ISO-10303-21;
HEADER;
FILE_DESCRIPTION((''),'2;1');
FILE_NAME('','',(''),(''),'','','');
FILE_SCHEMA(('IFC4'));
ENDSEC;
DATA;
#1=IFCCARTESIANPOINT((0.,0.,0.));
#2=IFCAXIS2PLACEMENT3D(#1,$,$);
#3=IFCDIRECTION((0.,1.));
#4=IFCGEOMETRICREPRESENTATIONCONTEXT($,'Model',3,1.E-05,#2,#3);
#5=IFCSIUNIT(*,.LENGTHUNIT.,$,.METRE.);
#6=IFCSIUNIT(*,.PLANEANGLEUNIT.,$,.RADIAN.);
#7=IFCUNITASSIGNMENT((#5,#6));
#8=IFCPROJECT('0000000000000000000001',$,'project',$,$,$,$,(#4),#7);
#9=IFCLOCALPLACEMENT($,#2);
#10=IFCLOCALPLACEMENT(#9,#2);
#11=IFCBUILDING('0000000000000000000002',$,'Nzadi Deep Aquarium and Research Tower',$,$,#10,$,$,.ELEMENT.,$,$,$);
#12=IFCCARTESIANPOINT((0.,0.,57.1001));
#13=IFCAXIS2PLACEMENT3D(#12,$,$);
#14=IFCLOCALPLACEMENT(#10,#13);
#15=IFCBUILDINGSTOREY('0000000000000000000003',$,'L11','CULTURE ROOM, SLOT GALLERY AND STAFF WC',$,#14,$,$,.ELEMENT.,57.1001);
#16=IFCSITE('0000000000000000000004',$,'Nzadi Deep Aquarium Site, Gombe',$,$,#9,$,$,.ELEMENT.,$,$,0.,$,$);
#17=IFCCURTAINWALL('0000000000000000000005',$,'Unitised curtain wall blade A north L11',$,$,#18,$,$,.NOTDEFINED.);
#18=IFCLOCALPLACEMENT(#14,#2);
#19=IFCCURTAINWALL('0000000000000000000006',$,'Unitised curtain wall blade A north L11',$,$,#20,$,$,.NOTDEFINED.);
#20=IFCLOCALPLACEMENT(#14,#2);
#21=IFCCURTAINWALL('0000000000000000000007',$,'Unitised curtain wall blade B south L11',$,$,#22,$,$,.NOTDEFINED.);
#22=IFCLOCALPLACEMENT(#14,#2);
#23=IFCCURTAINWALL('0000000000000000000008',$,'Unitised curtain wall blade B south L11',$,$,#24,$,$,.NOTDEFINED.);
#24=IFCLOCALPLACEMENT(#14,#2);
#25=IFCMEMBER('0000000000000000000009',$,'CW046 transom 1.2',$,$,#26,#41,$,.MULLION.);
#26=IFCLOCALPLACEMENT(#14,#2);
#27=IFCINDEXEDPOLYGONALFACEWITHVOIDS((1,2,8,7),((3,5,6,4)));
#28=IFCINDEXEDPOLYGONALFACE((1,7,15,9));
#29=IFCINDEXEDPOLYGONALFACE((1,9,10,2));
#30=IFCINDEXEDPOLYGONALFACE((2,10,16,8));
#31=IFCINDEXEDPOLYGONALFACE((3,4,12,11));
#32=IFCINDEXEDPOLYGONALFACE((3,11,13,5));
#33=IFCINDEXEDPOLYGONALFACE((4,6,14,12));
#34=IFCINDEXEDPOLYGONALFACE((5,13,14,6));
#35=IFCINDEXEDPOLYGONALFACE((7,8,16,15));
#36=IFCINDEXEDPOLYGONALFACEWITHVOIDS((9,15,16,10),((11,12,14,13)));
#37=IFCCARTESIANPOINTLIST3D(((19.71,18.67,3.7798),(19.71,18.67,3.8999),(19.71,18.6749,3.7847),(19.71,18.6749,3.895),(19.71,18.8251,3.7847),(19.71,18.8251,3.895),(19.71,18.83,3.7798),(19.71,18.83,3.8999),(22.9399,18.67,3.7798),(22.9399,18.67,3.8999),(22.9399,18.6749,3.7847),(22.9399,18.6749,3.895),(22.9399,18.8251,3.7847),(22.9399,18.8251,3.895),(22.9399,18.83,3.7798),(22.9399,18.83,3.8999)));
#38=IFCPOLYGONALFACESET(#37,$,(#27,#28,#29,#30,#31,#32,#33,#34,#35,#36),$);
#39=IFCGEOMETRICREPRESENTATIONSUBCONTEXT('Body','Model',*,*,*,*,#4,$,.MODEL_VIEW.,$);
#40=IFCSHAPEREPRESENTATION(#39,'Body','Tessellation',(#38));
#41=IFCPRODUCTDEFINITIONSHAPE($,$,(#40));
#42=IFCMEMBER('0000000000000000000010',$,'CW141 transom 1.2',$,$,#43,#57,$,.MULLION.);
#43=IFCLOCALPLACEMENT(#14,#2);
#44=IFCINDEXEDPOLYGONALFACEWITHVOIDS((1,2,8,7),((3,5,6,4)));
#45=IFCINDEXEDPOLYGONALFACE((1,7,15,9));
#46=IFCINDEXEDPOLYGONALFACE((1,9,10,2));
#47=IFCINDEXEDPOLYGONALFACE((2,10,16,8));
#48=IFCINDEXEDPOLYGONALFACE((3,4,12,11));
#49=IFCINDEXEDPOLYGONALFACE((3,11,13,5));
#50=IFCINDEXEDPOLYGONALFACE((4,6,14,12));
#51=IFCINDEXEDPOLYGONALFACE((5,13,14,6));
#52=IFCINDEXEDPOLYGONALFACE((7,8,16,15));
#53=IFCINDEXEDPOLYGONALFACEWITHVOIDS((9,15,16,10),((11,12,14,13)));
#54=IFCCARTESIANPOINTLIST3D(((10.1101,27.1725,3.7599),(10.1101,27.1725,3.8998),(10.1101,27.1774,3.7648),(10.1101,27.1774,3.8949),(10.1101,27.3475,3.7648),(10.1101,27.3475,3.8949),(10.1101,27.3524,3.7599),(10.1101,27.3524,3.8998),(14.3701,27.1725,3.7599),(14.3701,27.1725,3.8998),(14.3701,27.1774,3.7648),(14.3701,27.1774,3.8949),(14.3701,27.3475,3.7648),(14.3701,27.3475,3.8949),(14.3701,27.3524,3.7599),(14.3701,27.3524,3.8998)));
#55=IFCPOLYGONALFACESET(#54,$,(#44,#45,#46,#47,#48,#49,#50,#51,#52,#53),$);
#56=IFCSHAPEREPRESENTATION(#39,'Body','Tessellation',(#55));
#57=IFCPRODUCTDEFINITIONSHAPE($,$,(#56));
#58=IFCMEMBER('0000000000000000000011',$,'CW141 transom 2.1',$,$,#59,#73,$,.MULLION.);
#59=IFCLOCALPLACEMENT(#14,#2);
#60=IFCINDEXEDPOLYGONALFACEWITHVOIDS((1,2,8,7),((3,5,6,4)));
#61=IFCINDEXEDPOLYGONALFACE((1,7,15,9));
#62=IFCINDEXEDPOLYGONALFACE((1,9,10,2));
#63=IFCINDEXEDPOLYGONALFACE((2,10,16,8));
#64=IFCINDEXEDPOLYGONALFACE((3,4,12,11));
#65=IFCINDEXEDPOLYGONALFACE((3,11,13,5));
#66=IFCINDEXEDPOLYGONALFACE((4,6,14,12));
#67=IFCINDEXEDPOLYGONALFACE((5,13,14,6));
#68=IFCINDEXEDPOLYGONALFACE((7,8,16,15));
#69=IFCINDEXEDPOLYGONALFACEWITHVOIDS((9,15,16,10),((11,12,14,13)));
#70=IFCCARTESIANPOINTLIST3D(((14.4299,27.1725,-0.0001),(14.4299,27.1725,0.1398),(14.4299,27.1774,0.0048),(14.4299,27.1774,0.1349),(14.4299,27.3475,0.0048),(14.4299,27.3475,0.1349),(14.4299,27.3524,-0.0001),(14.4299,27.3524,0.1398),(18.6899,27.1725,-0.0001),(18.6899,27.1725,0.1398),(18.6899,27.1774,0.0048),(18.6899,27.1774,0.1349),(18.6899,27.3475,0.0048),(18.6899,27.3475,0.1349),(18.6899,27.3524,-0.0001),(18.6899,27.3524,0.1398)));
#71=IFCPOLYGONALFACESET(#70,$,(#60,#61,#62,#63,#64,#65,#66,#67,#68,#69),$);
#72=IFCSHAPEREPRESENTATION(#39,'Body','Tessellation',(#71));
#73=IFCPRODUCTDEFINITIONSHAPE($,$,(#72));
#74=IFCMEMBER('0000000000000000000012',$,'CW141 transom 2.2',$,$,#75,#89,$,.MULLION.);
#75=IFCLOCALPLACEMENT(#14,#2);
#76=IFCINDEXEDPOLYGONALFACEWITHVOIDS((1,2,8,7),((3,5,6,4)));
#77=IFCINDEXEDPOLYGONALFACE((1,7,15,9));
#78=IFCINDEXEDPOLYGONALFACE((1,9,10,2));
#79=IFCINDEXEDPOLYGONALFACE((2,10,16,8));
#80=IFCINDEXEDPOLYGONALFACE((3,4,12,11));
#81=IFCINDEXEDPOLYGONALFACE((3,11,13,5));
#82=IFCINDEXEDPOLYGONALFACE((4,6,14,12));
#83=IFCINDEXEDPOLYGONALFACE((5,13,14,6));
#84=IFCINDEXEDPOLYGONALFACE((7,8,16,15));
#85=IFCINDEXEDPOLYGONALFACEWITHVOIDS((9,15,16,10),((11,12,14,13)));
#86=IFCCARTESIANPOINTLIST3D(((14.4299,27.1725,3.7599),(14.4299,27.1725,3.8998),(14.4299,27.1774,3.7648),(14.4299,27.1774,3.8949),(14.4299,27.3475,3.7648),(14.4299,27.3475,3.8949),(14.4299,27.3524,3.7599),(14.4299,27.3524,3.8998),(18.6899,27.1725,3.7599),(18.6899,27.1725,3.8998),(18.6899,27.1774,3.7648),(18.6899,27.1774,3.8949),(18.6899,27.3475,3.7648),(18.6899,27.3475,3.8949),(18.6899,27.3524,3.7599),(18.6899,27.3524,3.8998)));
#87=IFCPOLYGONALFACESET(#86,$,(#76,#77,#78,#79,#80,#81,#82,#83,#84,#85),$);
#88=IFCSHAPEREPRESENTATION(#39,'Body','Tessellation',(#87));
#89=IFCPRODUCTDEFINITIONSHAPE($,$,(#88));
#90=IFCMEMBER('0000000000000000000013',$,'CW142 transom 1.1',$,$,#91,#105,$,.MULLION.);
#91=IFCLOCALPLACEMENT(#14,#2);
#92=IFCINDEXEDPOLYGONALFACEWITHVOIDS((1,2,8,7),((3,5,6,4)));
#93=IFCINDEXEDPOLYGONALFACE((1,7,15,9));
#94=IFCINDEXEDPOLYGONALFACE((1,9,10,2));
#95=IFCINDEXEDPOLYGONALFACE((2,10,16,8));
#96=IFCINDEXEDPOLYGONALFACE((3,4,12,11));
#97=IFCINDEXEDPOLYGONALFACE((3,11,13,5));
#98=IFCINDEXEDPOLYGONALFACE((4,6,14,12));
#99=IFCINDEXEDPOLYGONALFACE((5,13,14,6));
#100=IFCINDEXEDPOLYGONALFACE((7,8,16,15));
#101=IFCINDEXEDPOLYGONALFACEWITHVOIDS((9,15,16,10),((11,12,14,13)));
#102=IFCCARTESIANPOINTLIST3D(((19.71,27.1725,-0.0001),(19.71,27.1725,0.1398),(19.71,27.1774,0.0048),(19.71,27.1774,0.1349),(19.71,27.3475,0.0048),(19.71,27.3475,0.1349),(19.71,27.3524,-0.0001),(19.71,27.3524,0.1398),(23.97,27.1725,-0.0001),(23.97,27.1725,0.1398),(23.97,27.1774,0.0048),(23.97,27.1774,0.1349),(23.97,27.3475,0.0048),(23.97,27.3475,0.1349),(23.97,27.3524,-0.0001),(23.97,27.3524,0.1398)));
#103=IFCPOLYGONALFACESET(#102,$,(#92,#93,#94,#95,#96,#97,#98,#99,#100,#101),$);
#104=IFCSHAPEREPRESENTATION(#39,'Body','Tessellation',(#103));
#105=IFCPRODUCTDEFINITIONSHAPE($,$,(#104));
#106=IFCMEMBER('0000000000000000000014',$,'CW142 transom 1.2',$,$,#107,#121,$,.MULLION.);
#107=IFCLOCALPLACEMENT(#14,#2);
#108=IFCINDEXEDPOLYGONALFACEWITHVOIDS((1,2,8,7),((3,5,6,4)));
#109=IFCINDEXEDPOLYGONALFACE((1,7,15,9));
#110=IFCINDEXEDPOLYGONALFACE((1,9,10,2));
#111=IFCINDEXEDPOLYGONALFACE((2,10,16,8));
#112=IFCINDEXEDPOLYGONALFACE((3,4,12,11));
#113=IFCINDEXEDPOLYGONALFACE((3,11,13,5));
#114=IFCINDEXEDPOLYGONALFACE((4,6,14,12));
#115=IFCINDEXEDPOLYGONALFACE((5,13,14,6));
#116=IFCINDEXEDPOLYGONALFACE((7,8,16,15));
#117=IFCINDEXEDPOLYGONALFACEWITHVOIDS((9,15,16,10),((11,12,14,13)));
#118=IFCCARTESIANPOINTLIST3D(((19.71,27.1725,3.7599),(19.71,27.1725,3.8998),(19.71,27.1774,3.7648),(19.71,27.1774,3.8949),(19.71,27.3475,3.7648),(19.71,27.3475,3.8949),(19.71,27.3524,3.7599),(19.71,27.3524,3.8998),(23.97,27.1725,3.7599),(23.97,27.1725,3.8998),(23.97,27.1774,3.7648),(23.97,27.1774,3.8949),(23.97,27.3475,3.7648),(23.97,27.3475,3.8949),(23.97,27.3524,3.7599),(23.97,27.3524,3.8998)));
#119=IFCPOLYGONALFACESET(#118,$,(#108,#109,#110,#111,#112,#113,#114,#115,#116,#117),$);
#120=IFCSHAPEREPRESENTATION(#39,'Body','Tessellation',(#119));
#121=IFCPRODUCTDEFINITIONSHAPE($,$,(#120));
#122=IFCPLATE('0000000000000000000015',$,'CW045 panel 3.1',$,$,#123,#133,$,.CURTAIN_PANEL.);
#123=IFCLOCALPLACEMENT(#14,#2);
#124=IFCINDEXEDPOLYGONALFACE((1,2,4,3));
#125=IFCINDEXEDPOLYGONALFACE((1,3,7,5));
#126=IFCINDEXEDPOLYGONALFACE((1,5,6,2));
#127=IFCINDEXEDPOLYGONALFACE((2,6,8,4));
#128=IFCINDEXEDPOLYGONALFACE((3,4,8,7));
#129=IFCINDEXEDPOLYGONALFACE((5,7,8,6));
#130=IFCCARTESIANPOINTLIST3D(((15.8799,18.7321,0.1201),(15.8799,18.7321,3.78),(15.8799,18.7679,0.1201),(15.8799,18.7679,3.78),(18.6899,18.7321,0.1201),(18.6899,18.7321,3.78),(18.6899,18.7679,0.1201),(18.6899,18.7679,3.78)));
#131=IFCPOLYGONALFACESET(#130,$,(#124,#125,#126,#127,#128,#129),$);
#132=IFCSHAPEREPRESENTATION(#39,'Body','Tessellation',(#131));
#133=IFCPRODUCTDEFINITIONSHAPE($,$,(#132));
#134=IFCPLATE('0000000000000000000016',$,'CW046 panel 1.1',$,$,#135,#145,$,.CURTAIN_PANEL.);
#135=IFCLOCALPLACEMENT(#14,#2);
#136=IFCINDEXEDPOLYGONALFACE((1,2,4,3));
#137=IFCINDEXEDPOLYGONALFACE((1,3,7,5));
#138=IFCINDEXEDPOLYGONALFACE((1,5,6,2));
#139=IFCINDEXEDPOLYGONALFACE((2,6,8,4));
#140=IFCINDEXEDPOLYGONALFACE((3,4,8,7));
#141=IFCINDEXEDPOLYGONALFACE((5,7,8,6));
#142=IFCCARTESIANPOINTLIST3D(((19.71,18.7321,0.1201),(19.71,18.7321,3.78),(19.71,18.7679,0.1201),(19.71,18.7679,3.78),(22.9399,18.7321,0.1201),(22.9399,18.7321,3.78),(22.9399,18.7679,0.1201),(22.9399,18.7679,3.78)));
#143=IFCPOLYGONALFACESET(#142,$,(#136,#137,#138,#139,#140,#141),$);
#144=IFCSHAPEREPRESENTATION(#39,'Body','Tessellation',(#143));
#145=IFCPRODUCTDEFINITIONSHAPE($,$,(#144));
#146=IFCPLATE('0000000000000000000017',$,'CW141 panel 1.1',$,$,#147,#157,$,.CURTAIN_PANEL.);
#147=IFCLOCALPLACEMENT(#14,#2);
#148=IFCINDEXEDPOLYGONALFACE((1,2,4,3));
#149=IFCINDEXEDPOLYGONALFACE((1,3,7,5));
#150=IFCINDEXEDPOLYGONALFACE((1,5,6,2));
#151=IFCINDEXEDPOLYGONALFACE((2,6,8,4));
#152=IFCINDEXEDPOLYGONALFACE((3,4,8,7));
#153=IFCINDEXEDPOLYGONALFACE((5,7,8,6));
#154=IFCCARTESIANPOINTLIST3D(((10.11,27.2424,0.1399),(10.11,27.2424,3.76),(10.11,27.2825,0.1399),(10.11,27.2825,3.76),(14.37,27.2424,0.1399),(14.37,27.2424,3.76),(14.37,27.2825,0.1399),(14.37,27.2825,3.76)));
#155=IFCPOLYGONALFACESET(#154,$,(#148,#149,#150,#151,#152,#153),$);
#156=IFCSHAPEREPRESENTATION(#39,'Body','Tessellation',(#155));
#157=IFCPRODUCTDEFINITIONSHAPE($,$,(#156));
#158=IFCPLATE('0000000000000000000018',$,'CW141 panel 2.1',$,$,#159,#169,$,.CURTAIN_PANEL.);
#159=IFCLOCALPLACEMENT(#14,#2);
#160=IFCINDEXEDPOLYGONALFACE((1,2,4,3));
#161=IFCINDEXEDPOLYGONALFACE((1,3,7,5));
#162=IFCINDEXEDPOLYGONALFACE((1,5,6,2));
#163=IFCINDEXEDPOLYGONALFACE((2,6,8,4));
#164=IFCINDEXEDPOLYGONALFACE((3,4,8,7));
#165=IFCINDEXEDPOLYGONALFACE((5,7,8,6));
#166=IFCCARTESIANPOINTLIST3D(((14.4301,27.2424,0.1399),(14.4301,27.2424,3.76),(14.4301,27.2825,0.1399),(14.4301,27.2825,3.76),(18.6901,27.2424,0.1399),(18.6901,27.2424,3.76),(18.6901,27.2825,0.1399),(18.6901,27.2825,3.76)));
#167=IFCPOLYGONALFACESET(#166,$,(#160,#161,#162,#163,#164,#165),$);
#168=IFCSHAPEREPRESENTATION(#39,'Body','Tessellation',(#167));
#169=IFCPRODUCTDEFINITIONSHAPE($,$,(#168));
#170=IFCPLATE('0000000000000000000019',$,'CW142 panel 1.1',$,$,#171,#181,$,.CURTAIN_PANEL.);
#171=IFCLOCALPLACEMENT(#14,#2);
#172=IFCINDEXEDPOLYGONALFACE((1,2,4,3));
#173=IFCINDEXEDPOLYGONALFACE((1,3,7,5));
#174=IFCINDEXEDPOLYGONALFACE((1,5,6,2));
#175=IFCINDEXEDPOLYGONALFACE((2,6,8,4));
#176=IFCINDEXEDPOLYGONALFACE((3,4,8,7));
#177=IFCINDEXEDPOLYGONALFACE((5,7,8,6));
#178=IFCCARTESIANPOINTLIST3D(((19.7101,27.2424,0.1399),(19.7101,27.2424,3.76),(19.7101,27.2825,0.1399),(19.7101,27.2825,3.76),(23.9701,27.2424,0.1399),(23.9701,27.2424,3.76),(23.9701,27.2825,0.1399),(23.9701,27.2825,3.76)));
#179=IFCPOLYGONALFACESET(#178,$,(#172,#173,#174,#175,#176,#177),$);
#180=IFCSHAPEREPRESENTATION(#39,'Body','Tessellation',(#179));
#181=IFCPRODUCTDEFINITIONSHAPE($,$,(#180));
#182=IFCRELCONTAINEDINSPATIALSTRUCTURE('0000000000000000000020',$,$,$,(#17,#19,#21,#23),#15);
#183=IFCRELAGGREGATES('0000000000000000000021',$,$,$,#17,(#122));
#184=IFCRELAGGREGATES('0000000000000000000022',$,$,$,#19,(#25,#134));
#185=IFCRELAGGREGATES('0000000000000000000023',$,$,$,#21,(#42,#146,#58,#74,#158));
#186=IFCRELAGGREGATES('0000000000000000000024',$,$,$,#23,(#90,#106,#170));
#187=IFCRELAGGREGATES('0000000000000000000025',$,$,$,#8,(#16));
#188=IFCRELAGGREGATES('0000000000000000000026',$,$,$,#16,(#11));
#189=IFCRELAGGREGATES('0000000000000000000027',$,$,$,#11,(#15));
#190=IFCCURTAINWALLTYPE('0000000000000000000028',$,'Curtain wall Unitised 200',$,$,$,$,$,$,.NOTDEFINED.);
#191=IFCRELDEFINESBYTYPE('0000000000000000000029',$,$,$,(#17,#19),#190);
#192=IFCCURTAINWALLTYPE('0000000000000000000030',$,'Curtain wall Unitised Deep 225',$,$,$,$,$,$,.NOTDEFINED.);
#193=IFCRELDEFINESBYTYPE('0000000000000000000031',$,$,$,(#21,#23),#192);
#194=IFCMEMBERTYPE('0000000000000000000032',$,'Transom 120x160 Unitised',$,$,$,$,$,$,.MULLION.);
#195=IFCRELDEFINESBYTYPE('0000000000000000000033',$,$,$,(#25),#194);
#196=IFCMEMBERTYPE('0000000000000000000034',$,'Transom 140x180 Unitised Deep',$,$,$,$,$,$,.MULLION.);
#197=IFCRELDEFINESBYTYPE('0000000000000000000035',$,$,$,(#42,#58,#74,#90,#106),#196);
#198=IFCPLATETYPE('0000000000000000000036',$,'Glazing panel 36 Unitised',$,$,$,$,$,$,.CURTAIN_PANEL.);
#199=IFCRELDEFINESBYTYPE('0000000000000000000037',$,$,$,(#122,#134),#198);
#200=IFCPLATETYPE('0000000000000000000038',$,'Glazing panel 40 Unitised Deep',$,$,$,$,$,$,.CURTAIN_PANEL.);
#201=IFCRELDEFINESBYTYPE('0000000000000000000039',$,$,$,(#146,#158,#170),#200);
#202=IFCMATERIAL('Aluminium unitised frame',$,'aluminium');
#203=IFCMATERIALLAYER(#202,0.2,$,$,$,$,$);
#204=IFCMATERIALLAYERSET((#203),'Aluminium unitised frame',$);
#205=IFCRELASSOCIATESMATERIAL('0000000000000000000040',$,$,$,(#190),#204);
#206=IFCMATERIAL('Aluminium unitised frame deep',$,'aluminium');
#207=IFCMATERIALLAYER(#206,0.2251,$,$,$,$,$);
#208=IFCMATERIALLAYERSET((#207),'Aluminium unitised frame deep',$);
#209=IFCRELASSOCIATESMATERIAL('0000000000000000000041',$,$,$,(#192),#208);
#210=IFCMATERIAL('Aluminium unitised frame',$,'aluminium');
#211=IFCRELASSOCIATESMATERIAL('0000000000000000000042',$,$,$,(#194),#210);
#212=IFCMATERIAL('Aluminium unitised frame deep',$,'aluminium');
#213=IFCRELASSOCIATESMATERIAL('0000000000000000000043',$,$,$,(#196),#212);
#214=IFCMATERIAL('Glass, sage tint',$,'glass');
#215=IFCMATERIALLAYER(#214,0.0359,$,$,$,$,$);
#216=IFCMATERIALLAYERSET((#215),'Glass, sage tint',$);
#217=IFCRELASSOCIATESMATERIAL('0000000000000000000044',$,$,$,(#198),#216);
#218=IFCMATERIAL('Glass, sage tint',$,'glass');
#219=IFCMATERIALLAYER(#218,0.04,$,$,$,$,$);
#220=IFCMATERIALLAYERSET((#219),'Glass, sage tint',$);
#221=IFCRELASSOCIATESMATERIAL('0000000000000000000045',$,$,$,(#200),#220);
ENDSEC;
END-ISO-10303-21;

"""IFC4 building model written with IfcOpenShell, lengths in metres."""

from ifc_helpers import new_model, si_unit, direction, frame, origin, origin_2d, place, context, subcontext, project, spatial, rectangle, hollow_rectangle, extrude, material, layer, layer_set, material_profile, profile_set, type_object, element, aggregate, save


model = new_model("IFC4")

# Units and contexts
model_context = context("Model", 3, precision=1e-05, world=origin(), true_north=direction((0.0, 1.0)))
body_context = subcontext(model_context, "Body", "Model", "MODEL_VIEW")
ifc_project = project(units=[si_unit("LENGTHUNIT", "METRE"), si_unit("PLANEANGLEUNIT", "RADIAN")], contexts=[model_context])

# Site, building, storey
site_placement = place(None, origin())
site = spatial("IfcSite", under=ifc_project, at=site_placement, Name="Nzadi Deep Aquarium Site, Gombe", CompositionType="ELEMENT", RefElevation=0.0)
building_placement = place(site_placement, origin())
building = spatial("IfcBuilding", under=site, at=building_placement, Name="Nzadi Deep Aquarium and Research Tower", CompositionType="ELEMENT")
storey_placement = place(building_placement, frame((0.0, 0.0, 57.1001)))
storey = spatial("IfcBuildingStorey", under=building, at=storey_placement, Name="L11", Description="CULTURE ROOM, SLOT GALLERY AND STAFF WC", CompositionType="ELEMENT", Elevation=57.1001)

# Curtain wall
ifc_material_1 = material(Name="Aluminium unitised frame", Category="aluminium")
ifc_layer_1 = layer(ifc_material_1, 0.2)
ifc_layer_set_1 = layer_set([ifc_layer_1], Name="Aluminium unitised frame")
curtain_wall_type_1 = type_object("IfcCurtainWallType", Name="Curtain wall Unitised 200", PredefinedType="NOTDEFINED", material=ifc_layer_set_1)
curtain_wall_1_placement = place(storey_placement, origin())
curtain_wall_1 = element("IfcCurtainWall", 1, at=curtain_wall_1_placement, inside=storey, type_object=curtain_wall_type_1, Name="Unitised curtain wall blade A north L11", PredefinedType="NOTDEFINED")

# Curtain walls
curtain_wall_2_placement = place(storey_placement, origin())
curtain_wall_2 = element("IfcCurtainWall", 2, at=curtain_wall_2_placement, inside=storey, type_object=curtain_wall_type_1, Name="Unitised curtain wall blade A north L11", PredefinedType="NOTDEFINED")
ifc_material_2 = material(Name="Aluminium unitised frame deep", Category="aluminium")
ifc_layer_2 = layer(ifc_material_2, 0.2251)
ifc_layer_set_2 = layer_set([ifc_layer_2], Name="Aluminium unitised frame deep")
curtain_wall_type_2 = type_object("IfcCurtainWallType", Name="Curtain wall Unitised Deep 225", PredefinedType="NOTDEFINED", material=ifc_layer_set_2)
curtain_wall_3_placement = place(storey_placement, origin())
curtain_wall_3 = element("IfcCurtainWall", 3, at=curtain_wall_3_placement, inside=storey, type_object=curtain_wall_type_2, Name="Unitised curtain wall blade B south L11", PredefinedType="NOTDEFINED")

# Curtain wall
curtain_wall_4_placement = place(storey_placement, origin())
curtain_wall_4 = element("IfcCurtainWall", 4, at=curtain_wall_4_placement, inside=storey, type_object=curtain_wall_type_2, Name="Unitised curtain wall blade B south L11", PredefinedType="NOTDEFINED")

# Members
ifc_material_3 = material(Name="Aluminium unitised frame", Category="aluminium")
ifc_material_profile_1 = material_profile(ifc_material_3, hollow_rectangle(XDim=0.1599, YDim=0.1201, WallThickness=0.0049, at=origin_2d()))
ifc_profile_set_1 = profile_set([ifc_material_profile_1], Name="Aluminium unitised frame")
member_type_1 = type_object("IfcMemberType", Name="Transom 120x160 Unitised", PredefinedType="MULLION", material=ifc_profile_set_1)
member_1_placement = place(storey_placement, frame((19.71, 18.75, 3.8398), z_axis=(1.0, 0.0, 0.0), x_axis=(0.0, 1.0, 0.0)))
member_1 = element("IfcMember", 5, at=member_1_placement, type_object=member_type_1, Name="CW046 transom 1.2", PredefinedType="MULLION", context=body_context, shape_type="SweptSolid", body=[
    extrude(hollow_rectangle(XDim=0.1599, YDim=0.1201, WallThickness=0.0049, at=origin_2d()), origin(), (0.0, 0.0, 1.0), 3.23),
])
ifc_material_4 = material(Name="Aluminium unitised frame deep", Category="aluminium")
ifc_material_profile_2 = material_profile(ifc_material_4, hollow_rectangle(XDim=0.1799, YDim=0.1399, WallThickness=0.0049, at=origin_2d()))
ifc_profile_set_2 = profile_set([ifc_material_profile_2], Name="Aluminium unitised frame deep")
member_type_2 = type_object("IfcMemberType", Name="Transom 140x180 Unitised Deep", PredefinedType="MULLION", material=ifc_profile_set_2)
member_2_placement = place(storey_placement, frame((10.1101, 27.2625, 3.8298), z_axis=(1.0, 0.0, 0.0), x_axis=(0.0, 1.0, 0.0)))
member_2 = element("IfcMember", 6, at=member_2_placement, type_object=member_type_2, Name="CW141 transom 1.2", PredefinedType="MULLION", context=body_context, shape_type="SweptSolid", body=[
    extrude(hollow_rectangle(XDim=0.1799, YDim=0.1399, WallThickness=0.0049, at=origin_2d()), origin(), (0.0, 0.0, 1.0), 4.26),
])
member_3_placement = place(storey_placement, frame((14.4299, 27.2625, 0.0698), z_axis=(1.0, 0.0, 0.0), x_axis=(0.0, 1.0, 0.0)))
member_3 = element("IfcMember", 7, at=member_3_placement, type_object=member_type_2, Name="CW141 transom 2.1", PredefinedType="MULLION", context=body_context, shape_type="SweptSolid", body=[
    extrude(hollow_rectangle(XDim=0.1799, YDim=0.1399, WallThickness=0.0049, at=origin_2d()), origin(), (0.0, 0.0, 1.0), 4.26),
])
member_4_placement = place(storey_placement, frame((14.4299, 27.2625, 3.8298), z_axis=(1.0, 0.0, 0.0), x_axis=(0.0, 1.0, 0.0)))
member_4 = element("IfcMember", 8, at=member_4_placement, type_object=member_type_2, Name="CW141 transom 2.2", PredefinedType="MULLION", context=body_context, shape_type="SweptSolid", body=[
    extrude(hollow_rectangle(XDim=0.1799, YDim=0.1399, WallThickness=0.0049, at=origin_2d()), origin(), (0.0, 0.0, 1.0), 4.26),
])
member_5_placement = place(storey_placement, frame((19.71, 27.2625, 0.0698), z_axis=(1.0, 0.0, 0.0), x_axis=(0.0, 1.0, 0.0)))
member_5 = element("IfcMember", 9, at=member_5_placement, type_object=member_type_2, Name="CW142 transom 1.1", PredefinedType="MULLION", context=body_context, shape_type="SweptSolid", body=[
    extrude(hollow_rectangle(XDim=0.1799, YDim=0.1399, WallThickness=0.0049, at=origin_2d()), origin(), (0.0, 0.0, 1.0), 4.26),
])
member_6_placement = place(storey_placement, frame((19.71, 27.2625, 3.8298), z_axis=(1.0, 0.0, 0.0), x_axis=(0.0, 1.0, 0.0)))
member_6 = element("IfcMember", 10, at=member_6_placement, type_object=member_type_2, Name="CW142 transom 1.2", PredefinedType="MULLION", context=body_context, shape_type="SweptSolid", body=[
    extrude(hollow_rectangle(XDim=0.1799, YDim=0.1399, WallThickness=0.0049, at=origin_2d()), origin(), (0.0, 0.0, 1.0), 4.26),
])

# Plates
ifc_material_5 = material(Name="Glass, sage tint", Category="glass")
ifc_layer_3 = layer(ifc_material_5, 0.0359)
ifc_layer_set_3 = layer_set([ifc_layer_3], Name="Glass, sage tint")
plate_type_1 = type_object("IfcPlateType", Name="Glazing panel 36 Unitised", PredefinedType="CURTAIN_PANEL", material=ifc_layer_set_3)
plate_1_placement = place(storey_placement, frame((17.2849, 18.75, 0.1201), z_axis=(0.0, 0.0, 1.0), x_axis=(1.0, 0.0, 0.0)))
plate_1 = element("IfcPlate", 11, at=plate_1_placement, type_object=plate_type_1, Name="CW045 panel 3.1", PredefinedType="CURTAIN_PANEL", context=body_context, shape_type="SweptSolid", body=[
    extrude(rectangle(XDim=2.8101, YDim=0.0359, at=origin_2d()), origin(), (0.0, 0.0, 1.0), 3.6599),
])
aggregate(curtain_wall_1, [plate_1])
plate_2_placement = place(storey_placement, frame((21.325, 18.75, 0.1201), z_axis=(0.0, 0.0, 1.0), x_axis=(1.0, 0.0, 0.0)))
plate_2 = element("IfcPlate", 12, at=plate_2_placement, type_object=plate_type_1, Name="CW046 panel 1.1", PredefinedType="CURTAIN_PANEL", context=body_context, shape_type="SweptSolid", body=[
    extrude(rectangle(XDim=3.23, YDim=0.0359, at=origin_2d()), origin(), (0.0, 0.0, 1.0), 3.6599),
])
aggregate(curtain_wall_2, [member_1, plate_2])
ifc_material_6 = material(Name="Glass, sage tint", Category="glass")
ifc_layer_4 = layer(ifc_material_6, 0.04)
ifc_layer_set_4 = layer_set([ifc_layer_4], Name="Glass, sage tint")
plate_type_2 = type_object("IfcPlateType", Name="Glazing panel 40 Unitised Deep", PredefinedType="CURTAIN_PANEL", material=ifc_layer_set_4)
plate_3_placement = place(storey_placement, frame((12.24, 27.2625, 0.1399), z_axis=(0.0, 0.0, 1.0), x_axis=(1.0, 0.0, 0.0)))
plate_3 = element("IfcPlate", 13, at=plate_3_placement, type_object=plate_type_2, Name="CW141 panel 1.1", PredefinedType="CURTAIN_PANEL", context=body_context, shape_type="SweptSolid", body=[
    extrude(rectangle(XDim=4.26, YDim=0.04, at=origin_2d()), origin(), (0.0, 0.0, 1.0), 3.6201),
])
plate_4_placement = place(storey_placement, frame((16.5601, 27.2625, 0.1399), z_axis=(0.0, 0.0, 1.0), x_axis=(1.0, 0.0, 0.0)))
plate_4 = element("IfcPlate", 14, at=plate_4_placement, type_object=plate_type_2, Name="CW141 panel 2.1", PredefinedType="CURTAIN_PANEL", context=body_context, shape_type="SweptSolid", body=[
    extrude(rectangle(XDim=4.26, YDim=0.04, at=origin_2d()), origin(), (0.0, 0.0, 1.0), 3.6201),
])
aggregate(curtain_wall_3, [member_2, plate_3, member_3, member_4, plate_4])
plate_5_placement = place(storey_placement, frame((21.8401, 27.2625, 0.1399), z_axis=(0.0, 0.0, 1.0), x_axis=(1.0, 0.0, 0.0)))
plate_5 = element("IfcPlate", 15, at=plate_5_placement, type_object=plate_type_2, Name="CW142 panel 1.1", PredefinedType="CURTAIN_PANEL", context=body_context, shape_type="SweptSolid", body=[
    extrude(rectangle(XDim=4.26, YDim=0.04, at=origin_2d()), origin(), (0.0, 0.0, 1.0), 3.6201),
])
aggregate(curtain_wall_4, [member_5, member_6, plate_5])

save(model, "model.ifc")
